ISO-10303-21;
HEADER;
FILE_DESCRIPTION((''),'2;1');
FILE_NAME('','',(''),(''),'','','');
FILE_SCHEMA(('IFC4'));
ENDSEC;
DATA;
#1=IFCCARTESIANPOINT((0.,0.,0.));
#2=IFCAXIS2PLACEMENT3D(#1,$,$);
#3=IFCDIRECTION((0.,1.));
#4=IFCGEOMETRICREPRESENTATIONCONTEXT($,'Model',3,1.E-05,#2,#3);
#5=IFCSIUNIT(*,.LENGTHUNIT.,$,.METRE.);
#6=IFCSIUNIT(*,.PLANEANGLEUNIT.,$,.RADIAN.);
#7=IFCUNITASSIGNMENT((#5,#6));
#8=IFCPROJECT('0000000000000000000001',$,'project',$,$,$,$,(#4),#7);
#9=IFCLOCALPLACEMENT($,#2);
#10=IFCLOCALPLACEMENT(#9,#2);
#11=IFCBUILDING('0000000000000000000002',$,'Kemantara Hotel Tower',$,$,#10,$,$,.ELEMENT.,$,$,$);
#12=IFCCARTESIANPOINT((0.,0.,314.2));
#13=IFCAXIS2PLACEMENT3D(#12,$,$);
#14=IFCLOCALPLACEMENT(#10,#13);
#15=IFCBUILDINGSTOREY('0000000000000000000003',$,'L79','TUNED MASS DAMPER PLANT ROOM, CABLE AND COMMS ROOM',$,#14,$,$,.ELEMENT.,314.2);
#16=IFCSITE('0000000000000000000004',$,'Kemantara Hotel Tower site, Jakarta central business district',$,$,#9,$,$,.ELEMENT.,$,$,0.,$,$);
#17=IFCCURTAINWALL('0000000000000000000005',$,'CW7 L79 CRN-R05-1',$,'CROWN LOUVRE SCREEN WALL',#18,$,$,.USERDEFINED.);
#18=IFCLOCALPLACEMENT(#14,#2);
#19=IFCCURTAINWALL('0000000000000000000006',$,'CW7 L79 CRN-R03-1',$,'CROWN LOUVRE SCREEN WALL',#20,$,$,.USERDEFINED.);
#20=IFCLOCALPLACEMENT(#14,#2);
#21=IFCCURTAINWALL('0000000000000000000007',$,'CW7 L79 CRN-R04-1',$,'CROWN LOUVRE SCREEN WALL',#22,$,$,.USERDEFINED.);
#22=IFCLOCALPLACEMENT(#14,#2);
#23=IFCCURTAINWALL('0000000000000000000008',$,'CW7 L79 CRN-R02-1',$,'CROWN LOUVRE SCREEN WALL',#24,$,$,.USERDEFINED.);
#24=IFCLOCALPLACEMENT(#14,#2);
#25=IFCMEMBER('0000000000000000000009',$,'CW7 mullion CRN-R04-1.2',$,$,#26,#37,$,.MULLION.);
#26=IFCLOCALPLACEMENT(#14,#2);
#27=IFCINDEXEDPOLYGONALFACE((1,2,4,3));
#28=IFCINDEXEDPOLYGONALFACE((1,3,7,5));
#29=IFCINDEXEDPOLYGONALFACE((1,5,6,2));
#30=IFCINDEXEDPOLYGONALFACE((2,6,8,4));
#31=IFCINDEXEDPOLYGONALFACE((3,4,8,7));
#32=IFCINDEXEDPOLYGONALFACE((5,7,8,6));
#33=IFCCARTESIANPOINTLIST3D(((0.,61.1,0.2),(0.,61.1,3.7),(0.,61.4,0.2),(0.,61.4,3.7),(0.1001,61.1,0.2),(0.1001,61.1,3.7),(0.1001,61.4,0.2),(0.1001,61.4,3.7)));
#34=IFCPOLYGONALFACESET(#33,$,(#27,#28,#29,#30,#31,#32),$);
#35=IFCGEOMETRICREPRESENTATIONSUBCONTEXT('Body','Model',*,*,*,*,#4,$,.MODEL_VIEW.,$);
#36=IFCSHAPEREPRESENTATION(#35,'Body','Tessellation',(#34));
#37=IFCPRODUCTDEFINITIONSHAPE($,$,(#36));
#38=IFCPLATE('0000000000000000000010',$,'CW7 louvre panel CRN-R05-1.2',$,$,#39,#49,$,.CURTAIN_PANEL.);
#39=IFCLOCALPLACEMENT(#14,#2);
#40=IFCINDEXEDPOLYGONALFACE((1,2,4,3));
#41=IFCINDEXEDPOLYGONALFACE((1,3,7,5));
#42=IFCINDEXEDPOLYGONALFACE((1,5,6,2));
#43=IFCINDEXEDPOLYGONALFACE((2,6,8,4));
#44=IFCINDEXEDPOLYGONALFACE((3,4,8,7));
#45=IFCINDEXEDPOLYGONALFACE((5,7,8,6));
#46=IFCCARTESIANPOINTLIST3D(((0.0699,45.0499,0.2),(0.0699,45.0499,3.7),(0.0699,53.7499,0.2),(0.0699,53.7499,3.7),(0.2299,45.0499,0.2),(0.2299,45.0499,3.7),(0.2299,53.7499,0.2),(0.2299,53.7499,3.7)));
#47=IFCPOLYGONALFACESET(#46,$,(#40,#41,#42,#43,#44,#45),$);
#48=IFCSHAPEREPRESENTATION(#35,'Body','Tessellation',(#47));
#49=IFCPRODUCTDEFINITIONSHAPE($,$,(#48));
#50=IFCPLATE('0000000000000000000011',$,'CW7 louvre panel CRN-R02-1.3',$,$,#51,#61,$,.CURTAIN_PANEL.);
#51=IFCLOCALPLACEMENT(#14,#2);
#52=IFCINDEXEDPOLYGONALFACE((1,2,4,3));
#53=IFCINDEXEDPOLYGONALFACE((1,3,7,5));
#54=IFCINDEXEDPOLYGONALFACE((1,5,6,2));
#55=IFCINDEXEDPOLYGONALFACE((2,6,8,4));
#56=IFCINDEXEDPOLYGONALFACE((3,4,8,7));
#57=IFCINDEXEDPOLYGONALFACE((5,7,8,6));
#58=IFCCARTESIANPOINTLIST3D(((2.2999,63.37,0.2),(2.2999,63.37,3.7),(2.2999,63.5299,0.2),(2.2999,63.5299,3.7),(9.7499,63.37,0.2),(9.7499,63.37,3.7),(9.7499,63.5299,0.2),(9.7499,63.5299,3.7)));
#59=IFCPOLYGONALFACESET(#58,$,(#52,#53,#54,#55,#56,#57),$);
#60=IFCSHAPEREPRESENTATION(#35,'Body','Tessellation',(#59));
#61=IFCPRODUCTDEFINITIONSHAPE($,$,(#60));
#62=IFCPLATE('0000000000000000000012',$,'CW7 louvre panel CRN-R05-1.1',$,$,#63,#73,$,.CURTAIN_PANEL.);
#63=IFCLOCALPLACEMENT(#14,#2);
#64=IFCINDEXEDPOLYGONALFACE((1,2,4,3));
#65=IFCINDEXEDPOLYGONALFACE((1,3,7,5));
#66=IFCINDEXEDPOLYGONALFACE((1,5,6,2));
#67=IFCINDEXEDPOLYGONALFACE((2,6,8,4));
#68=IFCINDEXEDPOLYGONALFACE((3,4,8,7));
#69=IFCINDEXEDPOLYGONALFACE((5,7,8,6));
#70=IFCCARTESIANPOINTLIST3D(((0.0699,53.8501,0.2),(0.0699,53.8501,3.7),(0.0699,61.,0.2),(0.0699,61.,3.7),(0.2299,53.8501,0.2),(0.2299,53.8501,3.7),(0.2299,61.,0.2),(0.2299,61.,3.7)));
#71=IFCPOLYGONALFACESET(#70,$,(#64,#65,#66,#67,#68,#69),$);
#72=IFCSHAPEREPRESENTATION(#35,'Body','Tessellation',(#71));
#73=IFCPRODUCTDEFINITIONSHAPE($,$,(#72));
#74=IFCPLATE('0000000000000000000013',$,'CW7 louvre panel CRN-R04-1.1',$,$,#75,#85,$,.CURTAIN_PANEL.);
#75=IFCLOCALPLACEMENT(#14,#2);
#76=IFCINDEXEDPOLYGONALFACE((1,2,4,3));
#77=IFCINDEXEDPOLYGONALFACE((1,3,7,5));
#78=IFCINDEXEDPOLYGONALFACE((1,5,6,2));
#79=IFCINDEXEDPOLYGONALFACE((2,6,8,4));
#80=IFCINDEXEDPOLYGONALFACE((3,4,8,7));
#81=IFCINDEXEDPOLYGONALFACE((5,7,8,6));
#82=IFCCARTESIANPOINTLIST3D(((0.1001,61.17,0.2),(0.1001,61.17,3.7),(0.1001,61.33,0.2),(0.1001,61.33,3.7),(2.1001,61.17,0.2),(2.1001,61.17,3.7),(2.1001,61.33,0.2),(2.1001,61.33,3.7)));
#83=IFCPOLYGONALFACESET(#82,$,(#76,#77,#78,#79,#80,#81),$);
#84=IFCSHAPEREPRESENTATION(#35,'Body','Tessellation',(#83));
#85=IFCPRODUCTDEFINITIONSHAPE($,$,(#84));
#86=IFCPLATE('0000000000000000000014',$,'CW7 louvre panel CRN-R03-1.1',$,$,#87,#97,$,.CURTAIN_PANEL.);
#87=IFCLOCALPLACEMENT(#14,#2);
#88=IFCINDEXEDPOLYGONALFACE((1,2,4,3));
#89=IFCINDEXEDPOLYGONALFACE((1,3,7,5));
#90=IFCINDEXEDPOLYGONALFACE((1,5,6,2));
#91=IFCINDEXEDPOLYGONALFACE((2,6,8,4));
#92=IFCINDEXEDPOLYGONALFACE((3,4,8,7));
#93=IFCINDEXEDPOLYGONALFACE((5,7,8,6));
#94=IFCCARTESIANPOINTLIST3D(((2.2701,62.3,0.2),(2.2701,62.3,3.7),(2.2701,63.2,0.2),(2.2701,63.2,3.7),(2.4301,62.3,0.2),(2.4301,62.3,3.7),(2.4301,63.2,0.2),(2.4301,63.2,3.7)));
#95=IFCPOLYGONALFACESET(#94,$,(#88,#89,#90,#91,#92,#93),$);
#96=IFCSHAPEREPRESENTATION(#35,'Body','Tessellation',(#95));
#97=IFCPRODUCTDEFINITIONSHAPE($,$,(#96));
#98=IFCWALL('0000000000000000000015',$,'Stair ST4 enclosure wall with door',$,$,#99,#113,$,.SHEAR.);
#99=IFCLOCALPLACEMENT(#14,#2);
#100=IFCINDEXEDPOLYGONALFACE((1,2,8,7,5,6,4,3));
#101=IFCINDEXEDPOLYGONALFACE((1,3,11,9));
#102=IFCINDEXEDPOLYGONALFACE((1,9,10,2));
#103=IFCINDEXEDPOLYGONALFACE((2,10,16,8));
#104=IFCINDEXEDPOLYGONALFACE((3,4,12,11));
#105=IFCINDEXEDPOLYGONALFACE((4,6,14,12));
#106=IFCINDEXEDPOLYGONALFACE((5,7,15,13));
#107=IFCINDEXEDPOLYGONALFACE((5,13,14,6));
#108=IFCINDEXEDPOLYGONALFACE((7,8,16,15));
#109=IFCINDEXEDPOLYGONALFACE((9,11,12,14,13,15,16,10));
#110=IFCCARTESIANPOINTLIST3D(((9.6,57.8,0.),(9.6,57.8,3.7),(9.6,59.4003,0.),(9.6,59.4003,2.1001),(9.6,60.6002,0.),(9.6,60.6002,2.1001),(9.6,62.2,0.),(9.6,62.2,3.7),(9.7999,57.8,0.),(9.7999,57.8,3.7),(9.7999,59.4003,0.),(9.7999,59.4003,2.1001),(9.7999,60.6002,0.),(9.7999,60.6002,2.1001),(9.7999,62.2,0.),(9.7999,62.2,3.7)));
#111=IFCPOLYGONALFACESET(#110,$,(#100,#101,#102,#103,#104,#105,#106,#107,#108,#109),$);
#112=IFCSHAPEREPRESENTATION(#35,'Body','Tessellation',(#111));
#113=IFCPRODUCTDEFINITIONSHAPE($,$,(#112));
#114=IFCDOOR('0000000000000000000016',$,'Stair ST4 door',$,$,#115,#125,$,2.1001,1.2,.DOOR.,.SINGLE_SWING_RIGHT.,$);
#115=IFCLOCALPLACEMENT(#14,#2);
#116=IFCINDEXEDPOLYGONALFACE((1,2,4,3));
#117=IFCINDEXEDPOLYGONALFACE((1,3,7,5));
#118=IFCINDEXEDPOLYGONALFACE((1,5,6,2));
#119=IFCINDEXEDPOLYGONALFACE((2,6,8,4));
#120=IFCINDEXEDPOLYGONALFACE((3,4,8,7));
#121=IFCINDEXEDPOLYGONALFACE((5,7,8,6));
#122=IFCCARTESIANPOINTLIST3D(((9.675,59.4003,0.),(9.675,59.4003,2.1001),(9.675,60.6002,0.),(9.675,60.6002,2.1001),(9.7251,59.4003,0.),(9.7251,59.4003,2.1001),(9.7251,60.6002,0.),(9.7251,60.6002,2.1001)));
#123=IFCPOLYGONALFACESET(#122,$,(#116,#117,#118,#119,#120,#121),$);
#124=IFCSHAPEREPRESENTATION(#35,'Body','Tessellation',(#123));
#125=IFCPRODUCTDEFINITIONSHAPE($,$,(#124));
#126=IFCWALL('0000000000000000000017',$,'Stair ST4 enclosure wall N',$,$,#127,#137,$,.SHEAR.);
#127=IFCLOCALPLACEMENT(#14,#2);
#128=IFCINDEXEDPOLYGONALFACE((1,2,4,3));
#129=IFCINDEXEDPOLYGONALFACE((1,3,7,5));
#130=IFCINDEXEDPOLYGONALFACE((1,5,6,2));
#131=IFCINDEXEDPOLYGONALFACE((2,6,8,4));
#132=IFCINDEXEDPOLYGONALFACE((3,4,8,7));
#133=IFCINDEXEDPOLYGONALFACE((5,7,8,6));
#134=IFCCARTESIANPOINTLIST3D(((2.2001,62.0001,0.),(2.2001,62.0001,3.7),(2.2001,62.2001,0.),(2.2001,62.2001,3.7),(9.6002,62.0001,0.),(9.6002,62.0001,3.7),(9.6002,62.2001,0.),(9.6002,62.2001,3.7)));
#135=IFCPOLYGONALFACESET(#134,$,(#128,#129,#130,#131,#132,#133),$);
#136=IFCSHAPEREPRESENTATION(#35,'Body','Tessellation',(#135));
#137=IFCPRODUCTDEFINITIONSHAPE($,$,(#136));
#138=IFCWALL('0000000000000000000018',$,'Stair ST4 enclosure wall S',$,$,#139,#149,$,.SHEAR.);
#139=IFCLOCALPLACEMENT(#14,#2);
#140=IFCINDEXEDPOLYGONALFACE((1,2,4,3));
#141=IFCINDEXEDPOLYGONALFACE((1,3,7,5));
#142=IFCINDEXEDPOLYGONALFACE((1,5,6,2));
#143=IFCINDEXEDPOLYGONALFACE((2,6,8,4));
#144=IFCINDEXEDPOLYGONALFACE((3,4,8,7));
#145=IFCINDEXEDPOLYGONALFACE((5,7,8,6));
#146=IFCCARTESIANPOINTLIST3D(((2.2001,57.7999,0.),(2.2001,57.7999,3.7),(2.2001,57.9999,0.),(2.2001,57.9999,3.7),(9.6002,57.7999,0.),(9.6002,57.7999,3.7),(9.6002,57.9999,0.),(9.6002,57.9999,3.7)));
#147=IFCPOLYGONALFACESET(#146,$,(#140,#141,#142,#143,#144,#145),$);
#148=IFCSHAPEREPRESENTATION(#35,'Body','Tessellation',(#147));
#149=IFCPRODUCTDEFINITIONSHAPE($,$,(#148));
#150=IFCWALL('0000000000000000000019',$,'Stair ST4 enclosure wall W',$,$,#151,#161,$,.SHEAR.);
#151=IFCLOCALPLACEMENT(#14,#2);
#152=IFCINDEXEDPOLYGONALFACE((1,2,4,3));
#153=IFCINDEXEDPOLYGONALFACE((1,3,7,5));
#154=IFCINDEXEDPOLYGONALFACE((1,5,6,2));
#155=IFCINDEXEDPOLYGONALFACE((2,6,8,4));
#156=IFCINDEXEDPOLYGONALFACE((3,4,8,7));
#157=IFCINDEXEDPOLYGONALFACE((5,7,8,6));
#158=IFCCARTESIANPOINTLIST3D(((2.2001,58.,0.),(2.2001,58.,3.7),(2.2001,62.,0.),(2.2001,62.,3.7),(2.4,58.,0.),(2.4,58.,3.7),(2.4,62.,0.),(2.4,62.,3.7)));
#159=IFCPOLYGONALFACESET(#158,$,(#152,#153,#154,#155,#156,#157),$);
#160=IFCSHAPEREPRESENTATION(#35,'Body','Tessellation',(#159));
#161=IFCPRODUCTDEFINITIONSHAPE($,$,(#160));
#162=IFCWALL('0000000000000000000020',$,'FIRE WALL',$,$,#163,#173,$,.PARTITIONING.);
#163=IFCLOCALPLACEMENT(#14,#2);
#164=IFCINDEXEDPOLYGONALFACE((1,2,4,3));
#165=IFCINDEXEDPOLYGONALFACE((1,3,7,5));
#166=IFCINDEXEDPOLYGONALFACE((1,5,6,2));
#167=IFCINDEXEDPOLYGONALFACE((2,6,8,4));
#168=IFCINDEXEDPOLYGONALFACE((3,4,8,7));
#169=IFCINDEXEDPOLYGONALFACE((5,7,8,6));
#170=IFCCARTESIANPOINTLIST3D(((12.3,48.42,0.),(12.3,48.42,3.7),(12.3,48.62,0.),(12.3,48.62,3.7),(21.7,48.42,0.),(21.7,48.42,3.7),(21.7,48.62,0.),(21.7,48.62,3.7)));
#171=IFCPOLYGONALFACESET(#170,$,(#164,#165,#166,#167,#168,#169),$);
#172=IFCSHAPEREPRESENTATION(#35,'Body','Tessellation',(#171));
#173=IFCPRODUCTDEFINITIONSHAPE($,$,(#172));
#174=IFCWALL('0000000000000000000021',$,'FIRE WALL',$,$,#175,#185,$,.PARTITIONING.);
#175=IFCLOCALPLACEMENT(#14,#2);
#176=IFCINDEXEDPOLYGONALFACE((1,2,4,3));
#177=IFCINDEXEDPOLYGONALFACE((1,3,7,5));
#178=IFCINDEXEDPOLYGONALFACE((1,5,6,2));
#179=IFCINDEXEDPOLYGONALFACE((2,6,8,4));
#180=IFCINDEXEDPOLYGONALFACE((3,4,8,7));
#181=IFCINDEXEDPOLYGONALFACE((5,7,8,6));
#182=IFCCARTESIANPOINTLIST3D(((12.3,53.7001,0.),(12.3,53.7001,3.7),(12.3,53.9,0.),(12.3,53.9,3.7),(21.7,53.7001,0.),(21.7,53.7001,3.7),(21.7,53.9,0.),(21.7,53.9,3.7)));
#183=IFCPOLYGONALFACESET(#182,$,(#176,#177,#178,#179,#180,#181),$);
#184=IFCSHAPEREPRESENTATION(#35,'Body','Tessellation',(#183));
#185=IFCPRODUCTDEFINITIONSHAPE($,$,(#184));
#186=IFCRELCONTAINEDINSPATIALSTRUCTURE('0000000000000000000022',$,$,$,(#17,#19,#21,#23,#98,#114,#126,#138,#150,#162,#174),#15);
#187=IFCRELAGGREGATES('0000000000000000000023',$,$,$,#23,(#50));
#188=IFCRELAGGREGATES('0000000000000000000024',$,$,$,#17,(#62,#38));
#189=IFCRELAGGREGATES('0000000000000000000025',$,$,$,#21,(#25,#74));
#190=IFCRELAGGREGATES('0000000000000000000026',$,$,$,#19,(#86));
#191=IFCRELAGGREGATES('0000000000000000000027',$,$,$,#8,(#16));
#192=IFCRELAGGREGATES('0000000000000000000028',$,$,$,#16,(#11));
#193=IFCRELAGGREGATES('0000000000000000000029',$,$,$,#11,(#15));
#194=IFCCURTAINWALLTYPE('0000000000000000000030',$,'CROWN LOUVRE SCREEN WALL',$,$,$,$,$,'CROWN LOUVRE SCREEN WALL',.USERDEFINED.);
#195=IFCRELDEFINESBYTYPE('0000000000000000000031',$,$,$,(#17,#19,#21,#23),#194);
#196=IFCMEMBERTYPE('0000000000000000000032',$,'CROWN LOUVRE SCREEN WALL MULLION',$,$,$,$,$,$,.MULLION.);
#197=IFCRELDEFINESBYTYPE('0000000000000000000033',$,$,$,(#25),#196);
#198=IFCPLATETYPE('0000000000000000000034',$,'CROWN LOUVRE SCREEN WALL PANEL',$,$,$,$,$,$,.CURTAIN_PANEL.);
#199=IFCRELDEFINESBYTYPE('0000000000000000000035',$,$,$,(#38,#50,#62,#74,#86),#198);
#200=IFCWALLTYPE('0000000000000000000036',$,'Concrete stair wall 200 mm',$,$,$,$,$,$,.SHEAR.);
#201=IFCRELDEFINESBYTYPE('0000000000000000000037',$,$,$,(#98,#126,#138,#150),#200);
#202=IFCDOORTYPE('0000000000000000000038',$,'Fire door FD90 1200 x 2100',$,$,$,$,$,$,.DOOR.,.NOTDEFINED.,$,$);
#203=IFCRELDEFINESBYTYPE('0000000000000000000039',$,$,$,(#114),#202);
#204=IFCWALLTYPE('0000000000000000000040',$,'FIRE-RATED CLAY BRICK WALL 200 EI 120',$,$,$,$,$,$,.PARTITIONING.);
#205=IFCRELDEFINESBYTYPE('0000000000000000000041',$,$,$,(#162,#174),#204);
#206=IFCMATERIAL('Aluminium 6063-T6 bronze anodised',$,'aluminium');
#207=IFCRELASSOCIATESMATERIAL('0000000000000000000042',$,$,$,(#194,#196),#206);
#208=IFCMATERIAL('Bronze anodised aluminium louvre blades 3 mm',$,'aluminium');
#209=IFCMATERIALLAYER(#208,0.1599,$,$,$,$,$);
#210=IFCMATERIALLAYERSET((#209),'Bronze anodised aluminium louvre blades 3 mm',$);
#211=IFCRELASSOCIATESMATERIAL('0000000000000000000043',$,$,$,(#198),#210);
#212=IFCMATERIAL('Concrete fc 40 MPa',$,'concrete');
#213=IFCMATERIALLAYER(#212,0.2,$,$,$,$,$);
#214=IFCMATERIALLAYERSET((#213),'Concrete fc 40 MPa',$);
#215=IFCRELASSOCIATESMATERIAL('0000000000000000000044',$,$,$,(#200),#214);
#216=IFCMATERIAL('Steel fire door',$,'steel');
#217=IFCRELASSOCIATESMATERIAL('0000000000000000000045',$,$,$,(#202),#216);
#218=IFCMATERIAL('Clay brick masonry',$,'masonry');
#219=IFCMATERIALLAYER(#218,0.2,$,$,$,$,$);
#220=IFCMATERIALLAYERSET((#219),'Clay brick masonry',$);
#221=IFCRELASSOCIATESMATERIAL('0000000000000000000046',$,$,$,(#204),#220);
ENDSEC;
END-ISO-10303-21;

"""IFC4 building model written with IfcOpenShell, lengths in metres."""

from ifc_helpers import new_model, si_unit, direction, frame, frame_2d, origin, origin_2d, place, context, subcontext, project, spatial, rectangle, extrude, source, transform, mapped, material, layer, layer_set, material_profile, profile_set, type_object, element, fill, aggregate, save


model = new_model("IFC4")

# Units and contexts
model_context = context("Model", 3, precision=1e-05, world=origin(), true_north=direction((0.0, 1.0)))
body_context = subcontext(model_context, "Body", "Model", "MODEL_VIEW")
ifc_project = project(units=[si_unit("LENGTHUNIT", "METRE"), si_unit("PLANEANGLEUNIT", "RADIAN")], contexts=[model_context])

# Site, building, storey
site_placement = place(None, origin())
site = spatial("IfcSite", under=ifc_project, at=site_placement, Name="Kemantara Hotel Tower site, Jakarta central business district", CompositionType="ELEMENT", RefElevation=0.0)
building_placement = place(site_placement, origin())
building = spatial("IfcBuilding", under=site, at=building_placement, Name="Kemantara Hotel Tower", CompositionType="ELEMENT")
storey_placement = place(building_placement, frame((0.0, 0.0, 314.2)))
storey = spatial("IfcBuildingStorey", under=building, at=storey_placement, Name="L79", Description="TUNED MASS DAMPER PLANT ROOM, CABLE AND COMMS ROOM", CompositionType="ELEMENT", Elevation=314.2)

# Curtain walls
ifc_material_1 = material(Name="Aluminium 6063-T6 bronze anodised", Category="aluminium")
curtain_wall_type = type_object("IfcCurtainWallType", Name="CROWN LOUVRE SCREEN WALL", ElementType="CROWN LOUVRE SCREEN WALL", PredefinedType="USERDEFINED", material=ifc_material_1)
curtain_wall_1_placement = place(storey_placement, origin())
curtain_wall_1 = element("IfcCurtainWall", 1, at=curtain_wall_1_placement, inside=storey, type_object=curtain_wall_type, Name="CW7 L79 CRN-R05-1", ObjectType="CROWN LOUVRE SCREEN WALL", PredefinedType="USERDEFINED")
curtain_wall_2_placement = place(storey_placement, origin())
curtain_wall_2 = element("IfcCurtainWall", 2, at=curtain_wall_2_placement, inside=storey, type_object=curtain_wall_type, Name="CW7 L79 CRN-R03-1", ObjectType="CROWN LOUVRE SCREEN WALL", PredefinedType="USERDEFINED")
curtain_wall_3_placement = place(storey_placement, origin())
curtain_wall_3 = element("IfcCurtainWall", 3, at=curtain_wall_3_placement, inside=storey, type_object=curtain_wall_type, Name="CW7 L79 CRN-R04-1", ObjectType="CROWN LOUVRE SCREEN WALL", PredefinedType="USERDEFINED")

# Curtain wall
curtain_wall_4_placement = place(storey_placement, origin())
curtain_wall_4 = element("IfcCurtainWall", 4, at=curtain_wall_4_placement, inside=storey, type_object=curtain_wall_type, Name="CW7 L79 CRN-R02-1", ObjectType="CROWN LOUVRE SCREEN WALL", PredefinedType="USERDEFINED")
ifc_material_profile_1 = material_profile(ifc_material_1, rectangle(XDim=0.3, YDim=0.1001, at=origin_2d()), Name="CROWN LOUVRE SCREEN WALL MULLION")
ifc_profile_set_1 = profile_set([ifc_material_profile_1], Name="Aluminium 6063-T6 bronze anodised")
member_type_1 = type_object("IfcMemberType", Name="CROWN LOUVRE SCREEN WALL MULLION", PredefinedType="MULLION", material=ifc_profile_set_1)
shared_shape_1 = source(origin(), body_context, "Body", "SweptSolid", [
    extrude(rectangle(XDim=0.3, YDim=0.1001, at=origin_2d()), origin(), (0.0, 0.0, 1.0), 3.5),
])

# Member
member_1_placement = place(storey_placement, frame((0.05, 61.25, 0.2), z_axis=(0.0, 0.0, 1.0), x_axis=(0.0, -1.0, 0.0)))
member_1 = element("IfcMember", 5, at=member_1_placement, type_object=member_type_1, Name="CW7 mullion CRN-R04-1.2", PredefinedType="MULLION", context=body_context, shape_type="MappedRepresentation", body=[
    mapped(shared_shape_1, transform((0.0, 0.0, 0.0))),
])

# Plates
ifc_material_2 = material(Name="Bronze anodised aluminium louvre blades 3 mm", Category="aluminium")
ifc_layer_1 = layer(ifc_material_2, 0.1599)
ifc_layer_set_1 = layer_set([ifc_layer_1], Name="Bronze anodised aluminium louvre blades 3 mm")
plate_type = type_object("IfcPlateType", Name="CROWN LOUVRE SCREEN WALL PANEL", PredefinedType="CURTAIN_PANEL", material=ifc_layer_set_1)
shared_shape_2 = source(origin(), body_context, "Body", "SweptSolid", [
    extrude(rectangle(XDim=8.7, YDim=0.1599, at=origin_2d()), origin(), (0.0, 0.0, 1.0), 3.5),
])
plate_1_placement = place(storey_placement, frame((0.1499, 49.3999, 0.2), z_axis=(0.0, 0.0, 1.0), x_axis=(0.0, -1.0, 0.0)))
plate_1 = element("IfcPlate", 6, at=plate_1_placement, type_object=plate_type, Name="CW7 louvre panel CRN-R05-1.2", PredefinedType="CURTAIN_PANEL", context=body_context, shape_type="MappedRepresentation", body=[
    mapped(shared_shape_2, transform((0.0, 0.0, 0.0))),
])
shared_shape_3 = source(origin(), body_context, "Body", "SweptSolid", [
    extrude(rectangle(XDim=7.45, YDim=0.1599, at=origin_2d()), origin(), (0.0, 0.0, 1.0), 3.5),
])
plate_2_placement = place(storey_placement, frame((6.0249, 63.45, 0.2), z_axis=(0.0, 0.0, 1.0), x_axis=(-1.0, 0.0, 0.0)))
plate_2 = element("IfcPlate", 7, at=plate_2_placement, type_object=plate_type, Name="CW7 louvre panel CRN-R02-1.3", PredefinedType="CURTAIN_PANEL", context=body_context, shape_type="MappedRepresentation", body=[
    mapped(shared_shape_3, transform((0.0, 0.0, 0.0))),
])
aggregate(curtain_wall_4, [plate_2])
shared_shape_4 = source(origin(), body_context, "Body", "SweptSolid", [
    extrude(rectangle(XDim=7.1499, YDim=0.1599, at=origin_2d()), origin(), (0.0, 0.0, 1.0), 3.5),
])
plate_3_placement = place(storey_placement, frame((0.1499, 57.425, 0.2), z_axis=(0.0, 0.0, 1.0), x_axis=(0.0, -1.0, 0.0)))
plate_3 = element("IfcPlate", 8, at=plate_3_placement, type_object=plate_type, Name="CW7 louvre panel CRN-R05-1.1", PredefinedType="CURTAIN_PANEL", context=body_context, shape_type="MappedRepresentation", body=[
    mapped(shared_shape_4, transform((0.0, 0.0, 0.0))),
])
aggregate(curtain_wall_1, [plate_3, plate_1])
shared_shape_5 = source(origin(), body_context, "Body", "SweptSolid", [
    extrude(rectangle(XDim=2.0, YDim=0.1599, at=origin_2d()), origin(), (0.0, 0.0, 1.0), 3.5),
])
plate_4_placement = place(storey_placement, frame((1.1001, 61.25, 0.2), z_axis=(0.0, 0.0, 1.0), x_axis=(-1.0, 0.0, 0.0)))
plate_4 = element("IfcPlate", 9, at=plate_4_placement, type_object=plate_type, Name="CW7 louvre panel CRN-R04-1.1", PredefinedType="CURTAIN_PANEL", context=body_context, shape_type="MappedRepresentation", body=[
    mapped(shared_shape_5, transform((0.0, 0.0, 0.0))),
])
aggregate(curtain_wall_3, [member_1, plate_4])
shared_shape_6 = source(origin(), body_context, "Body", "SweptSolid", [
    extrude(rectangle(XDim=0.8999, YDim=0.1599, at=origin_2d()), origin(), (0.0, 0.0, 1.0), 3.5),
])
plate_5_placement = place(storey_placement, frame((2.3501, 62.75, 0.2), z_axis=(0.0, 0.0, 1.0), x_axis=(0.0, -1.0, 0.0)))
plate_5 = element("IfcPlate", 10, at=plate_5_placement, type_object=plate_type, Name="CW7 louvre panel CRN-R03-1.1", PredefinedType="CURTAIN_PANEL", context=body_context, shape_type="MappedRepresentation", body=[
    mapped(shared_shape_6, transform((0.0, 0.0, 0.0))),
])
aggregate(curtain_wall_2, [plate_5])

# Wall, opening, door
ifc_material_3 = material(Name="Concrete fc 40 MPa", Category="concrete")
ifc_layer_2 = layer(ifc_material_3, 0.2)
ifc_layer_set_2 = layer_set([ifc_layer_2], Name="Concrete fc 40 MPa")
wall_type_1 = type_object("IfcWallType", Name="Concrete stair wall 200 mm", PredefinedType="SHEAR", material=ifc_layer_set_2)
wall_1_placement = place(storey_placement, frame((9.7, 57.8, 0.0), z_axis=(0.0, 0.0, 1.0), x_axis=(0.0, 1.0, 0.0)))
wall_1 = element("IfcWall", 11, at=wall_1_placement, inside=storey, type_object=wall_type_1, Name="Stair ST4 enclosure wall with door", PredefinedType="SHEAR", context=body_context, shape_type="SweptSolid", body=[
    extrude(rectangle(XDim=4.3999, YDim=0.2, at=frame_2d((2.2, 0.0))), origin(), (0.0, 0.0, 1.0), 3.7),
])
opening_placement = place(wall_1_placement, frame((1.6001, 0.0, 0.0)))
opening = element("IfcOpeningElement", 12, at=opening_placement, cuts=wall_1, PredefinedType="OPENING", context=body_context, shape_type="SweptSolid", body=[
    extrude(rectangle(XDim=1.2, YDim=2.1001, at=frame_2d((0.6001, 1.05))), frame((0.0, 0.1099, 0.0), z_axis=(0.0, -1.0, 0.0), x_axis=(1.0, 0.0, 0.0)), (0.0, 0.0, 1.0), 0.22),
])
ifc_material_4 = material(Name="Steel fire door", Category="steel")
door_type = type_object("IfcDoorType", Name="Fire door FD90 1200 x 2100", OperationType="NOTDEFINED", PredefinedType="DOOR", material=ifc_material_4)
door_placement = place(opening_placement, origin())
door = element("IfcDoor", 13, at=door_placement, inside=storey, type_object=door_type, Name="Stair ST4 door", OperationType="SINGLE_SWING_RIGHT", OverallHeight=2.1001, OverallWidth=1.2, PredefinedType="DOOR", context=body_context, shape_type="SweptSolid", body=[
    extrude(rectangle(XDim=1.2, YDim=2.1001, at=frame_2d((0.6001, 1.05))), frame((0.0, 0.0249, 0.0), z_axis=(0.0, -1.0, 0.0), x_axis=(1.0, 0.0, 0.0)), (0.0, 0.0, 1.0), 0.05),
])
fill(opening, door)

# Walls
for number, where, z_axis, x_axis, name in (
    (14, (2.2, 62.1001, 0.0), (0.0, 0.0, 1.0), (1.0, 0.0, 0.0), "Stair ST4 enclosure wall N"),
    (15, (2.2, 57.8999, 0.0), (0.0, 0.0, 1.0), (1.0, 0.0, 0.0), "Stair ST4 enclosure wall S"),
):
    element("IfcWall", number, at=place(storey_placement, frame(where, z_axis=z_axis, x_axis=x_axis)), inside=storey, type_object=wall_type_1, Name=name, PredefinedType="SHEAR", context=body_context, shape_type="SweptSolid", body=[
        extrude(rectangle(XDim=7.4001, YDim=0.2, at=frame_2d((3.7002, 0.0))), origin(), (0.0, 0.0, 1.0), 3.7),
    ])
wall_2_placement = place(storey_placement, frame((2.3, 58.0, 0.0), z_axis=(0.0, 0.0, 1.0), x_axis=(0.0, 1.0, 0.0)))
element("IfcWall", 16, at=wall_2_placement, inside=storey, type_object=wall_type_1, Name="Stair ST4 enclosure wall W", PredefinedType="SHEAR", context=body_context, shape_type="SweptSolid", body=[
    extrude(rectangle(XDim=4.0, YDim=0.2, at=frame_2d((2.0, 0.0))), origin(), (0.0, 0.0, 1.0), 3.7),
])
ifc_material_5 = material(Name="Clay brick masonry", Category="masonry")
ifc_layer_3 = layer(ifc_material_5, 0.2)
ifc_layer_set_3 = layer_set([ifc_layer_3], Name="Clay brick masonry")
wall_type_2 = type_object("IfcWallType", Name="FIRE-RATED CLAY BRICK WALL 200 EI 120", PredefinedType="PARTITIONING", material=ifc_layer_set_3)
for number, where, z_axis, x_axis, name in (
    (17, (12.3, 48.52, 0.0), (0.0, 0.0, 1.0), (1.0, 0.0, 0.0), "FIRE WALL"),
    (18, (12.3, 53.8, 0.0), (0.0, 0.0, 1.0), (1.0, 0.0, 0.0), "FIRE WALL"),
):
    element("IfcWall", number, at=place(storey_placement, frame(where, z_axis=z_axis, x_axis=x_axis)), inside=storey, type_object=wall_type_2, Name=name, PredefinedType="PARTITIONING", context=body_context, shape_type="SweptSolid", body=[
        extrude(rectangle(XDim=9.3999, YDim=0.2, at=frame_2d((4.7, 0.0))), origin(), (0.0, 0.0, 1.0), 3.7),
    ])

save(model, "model.ifc")
